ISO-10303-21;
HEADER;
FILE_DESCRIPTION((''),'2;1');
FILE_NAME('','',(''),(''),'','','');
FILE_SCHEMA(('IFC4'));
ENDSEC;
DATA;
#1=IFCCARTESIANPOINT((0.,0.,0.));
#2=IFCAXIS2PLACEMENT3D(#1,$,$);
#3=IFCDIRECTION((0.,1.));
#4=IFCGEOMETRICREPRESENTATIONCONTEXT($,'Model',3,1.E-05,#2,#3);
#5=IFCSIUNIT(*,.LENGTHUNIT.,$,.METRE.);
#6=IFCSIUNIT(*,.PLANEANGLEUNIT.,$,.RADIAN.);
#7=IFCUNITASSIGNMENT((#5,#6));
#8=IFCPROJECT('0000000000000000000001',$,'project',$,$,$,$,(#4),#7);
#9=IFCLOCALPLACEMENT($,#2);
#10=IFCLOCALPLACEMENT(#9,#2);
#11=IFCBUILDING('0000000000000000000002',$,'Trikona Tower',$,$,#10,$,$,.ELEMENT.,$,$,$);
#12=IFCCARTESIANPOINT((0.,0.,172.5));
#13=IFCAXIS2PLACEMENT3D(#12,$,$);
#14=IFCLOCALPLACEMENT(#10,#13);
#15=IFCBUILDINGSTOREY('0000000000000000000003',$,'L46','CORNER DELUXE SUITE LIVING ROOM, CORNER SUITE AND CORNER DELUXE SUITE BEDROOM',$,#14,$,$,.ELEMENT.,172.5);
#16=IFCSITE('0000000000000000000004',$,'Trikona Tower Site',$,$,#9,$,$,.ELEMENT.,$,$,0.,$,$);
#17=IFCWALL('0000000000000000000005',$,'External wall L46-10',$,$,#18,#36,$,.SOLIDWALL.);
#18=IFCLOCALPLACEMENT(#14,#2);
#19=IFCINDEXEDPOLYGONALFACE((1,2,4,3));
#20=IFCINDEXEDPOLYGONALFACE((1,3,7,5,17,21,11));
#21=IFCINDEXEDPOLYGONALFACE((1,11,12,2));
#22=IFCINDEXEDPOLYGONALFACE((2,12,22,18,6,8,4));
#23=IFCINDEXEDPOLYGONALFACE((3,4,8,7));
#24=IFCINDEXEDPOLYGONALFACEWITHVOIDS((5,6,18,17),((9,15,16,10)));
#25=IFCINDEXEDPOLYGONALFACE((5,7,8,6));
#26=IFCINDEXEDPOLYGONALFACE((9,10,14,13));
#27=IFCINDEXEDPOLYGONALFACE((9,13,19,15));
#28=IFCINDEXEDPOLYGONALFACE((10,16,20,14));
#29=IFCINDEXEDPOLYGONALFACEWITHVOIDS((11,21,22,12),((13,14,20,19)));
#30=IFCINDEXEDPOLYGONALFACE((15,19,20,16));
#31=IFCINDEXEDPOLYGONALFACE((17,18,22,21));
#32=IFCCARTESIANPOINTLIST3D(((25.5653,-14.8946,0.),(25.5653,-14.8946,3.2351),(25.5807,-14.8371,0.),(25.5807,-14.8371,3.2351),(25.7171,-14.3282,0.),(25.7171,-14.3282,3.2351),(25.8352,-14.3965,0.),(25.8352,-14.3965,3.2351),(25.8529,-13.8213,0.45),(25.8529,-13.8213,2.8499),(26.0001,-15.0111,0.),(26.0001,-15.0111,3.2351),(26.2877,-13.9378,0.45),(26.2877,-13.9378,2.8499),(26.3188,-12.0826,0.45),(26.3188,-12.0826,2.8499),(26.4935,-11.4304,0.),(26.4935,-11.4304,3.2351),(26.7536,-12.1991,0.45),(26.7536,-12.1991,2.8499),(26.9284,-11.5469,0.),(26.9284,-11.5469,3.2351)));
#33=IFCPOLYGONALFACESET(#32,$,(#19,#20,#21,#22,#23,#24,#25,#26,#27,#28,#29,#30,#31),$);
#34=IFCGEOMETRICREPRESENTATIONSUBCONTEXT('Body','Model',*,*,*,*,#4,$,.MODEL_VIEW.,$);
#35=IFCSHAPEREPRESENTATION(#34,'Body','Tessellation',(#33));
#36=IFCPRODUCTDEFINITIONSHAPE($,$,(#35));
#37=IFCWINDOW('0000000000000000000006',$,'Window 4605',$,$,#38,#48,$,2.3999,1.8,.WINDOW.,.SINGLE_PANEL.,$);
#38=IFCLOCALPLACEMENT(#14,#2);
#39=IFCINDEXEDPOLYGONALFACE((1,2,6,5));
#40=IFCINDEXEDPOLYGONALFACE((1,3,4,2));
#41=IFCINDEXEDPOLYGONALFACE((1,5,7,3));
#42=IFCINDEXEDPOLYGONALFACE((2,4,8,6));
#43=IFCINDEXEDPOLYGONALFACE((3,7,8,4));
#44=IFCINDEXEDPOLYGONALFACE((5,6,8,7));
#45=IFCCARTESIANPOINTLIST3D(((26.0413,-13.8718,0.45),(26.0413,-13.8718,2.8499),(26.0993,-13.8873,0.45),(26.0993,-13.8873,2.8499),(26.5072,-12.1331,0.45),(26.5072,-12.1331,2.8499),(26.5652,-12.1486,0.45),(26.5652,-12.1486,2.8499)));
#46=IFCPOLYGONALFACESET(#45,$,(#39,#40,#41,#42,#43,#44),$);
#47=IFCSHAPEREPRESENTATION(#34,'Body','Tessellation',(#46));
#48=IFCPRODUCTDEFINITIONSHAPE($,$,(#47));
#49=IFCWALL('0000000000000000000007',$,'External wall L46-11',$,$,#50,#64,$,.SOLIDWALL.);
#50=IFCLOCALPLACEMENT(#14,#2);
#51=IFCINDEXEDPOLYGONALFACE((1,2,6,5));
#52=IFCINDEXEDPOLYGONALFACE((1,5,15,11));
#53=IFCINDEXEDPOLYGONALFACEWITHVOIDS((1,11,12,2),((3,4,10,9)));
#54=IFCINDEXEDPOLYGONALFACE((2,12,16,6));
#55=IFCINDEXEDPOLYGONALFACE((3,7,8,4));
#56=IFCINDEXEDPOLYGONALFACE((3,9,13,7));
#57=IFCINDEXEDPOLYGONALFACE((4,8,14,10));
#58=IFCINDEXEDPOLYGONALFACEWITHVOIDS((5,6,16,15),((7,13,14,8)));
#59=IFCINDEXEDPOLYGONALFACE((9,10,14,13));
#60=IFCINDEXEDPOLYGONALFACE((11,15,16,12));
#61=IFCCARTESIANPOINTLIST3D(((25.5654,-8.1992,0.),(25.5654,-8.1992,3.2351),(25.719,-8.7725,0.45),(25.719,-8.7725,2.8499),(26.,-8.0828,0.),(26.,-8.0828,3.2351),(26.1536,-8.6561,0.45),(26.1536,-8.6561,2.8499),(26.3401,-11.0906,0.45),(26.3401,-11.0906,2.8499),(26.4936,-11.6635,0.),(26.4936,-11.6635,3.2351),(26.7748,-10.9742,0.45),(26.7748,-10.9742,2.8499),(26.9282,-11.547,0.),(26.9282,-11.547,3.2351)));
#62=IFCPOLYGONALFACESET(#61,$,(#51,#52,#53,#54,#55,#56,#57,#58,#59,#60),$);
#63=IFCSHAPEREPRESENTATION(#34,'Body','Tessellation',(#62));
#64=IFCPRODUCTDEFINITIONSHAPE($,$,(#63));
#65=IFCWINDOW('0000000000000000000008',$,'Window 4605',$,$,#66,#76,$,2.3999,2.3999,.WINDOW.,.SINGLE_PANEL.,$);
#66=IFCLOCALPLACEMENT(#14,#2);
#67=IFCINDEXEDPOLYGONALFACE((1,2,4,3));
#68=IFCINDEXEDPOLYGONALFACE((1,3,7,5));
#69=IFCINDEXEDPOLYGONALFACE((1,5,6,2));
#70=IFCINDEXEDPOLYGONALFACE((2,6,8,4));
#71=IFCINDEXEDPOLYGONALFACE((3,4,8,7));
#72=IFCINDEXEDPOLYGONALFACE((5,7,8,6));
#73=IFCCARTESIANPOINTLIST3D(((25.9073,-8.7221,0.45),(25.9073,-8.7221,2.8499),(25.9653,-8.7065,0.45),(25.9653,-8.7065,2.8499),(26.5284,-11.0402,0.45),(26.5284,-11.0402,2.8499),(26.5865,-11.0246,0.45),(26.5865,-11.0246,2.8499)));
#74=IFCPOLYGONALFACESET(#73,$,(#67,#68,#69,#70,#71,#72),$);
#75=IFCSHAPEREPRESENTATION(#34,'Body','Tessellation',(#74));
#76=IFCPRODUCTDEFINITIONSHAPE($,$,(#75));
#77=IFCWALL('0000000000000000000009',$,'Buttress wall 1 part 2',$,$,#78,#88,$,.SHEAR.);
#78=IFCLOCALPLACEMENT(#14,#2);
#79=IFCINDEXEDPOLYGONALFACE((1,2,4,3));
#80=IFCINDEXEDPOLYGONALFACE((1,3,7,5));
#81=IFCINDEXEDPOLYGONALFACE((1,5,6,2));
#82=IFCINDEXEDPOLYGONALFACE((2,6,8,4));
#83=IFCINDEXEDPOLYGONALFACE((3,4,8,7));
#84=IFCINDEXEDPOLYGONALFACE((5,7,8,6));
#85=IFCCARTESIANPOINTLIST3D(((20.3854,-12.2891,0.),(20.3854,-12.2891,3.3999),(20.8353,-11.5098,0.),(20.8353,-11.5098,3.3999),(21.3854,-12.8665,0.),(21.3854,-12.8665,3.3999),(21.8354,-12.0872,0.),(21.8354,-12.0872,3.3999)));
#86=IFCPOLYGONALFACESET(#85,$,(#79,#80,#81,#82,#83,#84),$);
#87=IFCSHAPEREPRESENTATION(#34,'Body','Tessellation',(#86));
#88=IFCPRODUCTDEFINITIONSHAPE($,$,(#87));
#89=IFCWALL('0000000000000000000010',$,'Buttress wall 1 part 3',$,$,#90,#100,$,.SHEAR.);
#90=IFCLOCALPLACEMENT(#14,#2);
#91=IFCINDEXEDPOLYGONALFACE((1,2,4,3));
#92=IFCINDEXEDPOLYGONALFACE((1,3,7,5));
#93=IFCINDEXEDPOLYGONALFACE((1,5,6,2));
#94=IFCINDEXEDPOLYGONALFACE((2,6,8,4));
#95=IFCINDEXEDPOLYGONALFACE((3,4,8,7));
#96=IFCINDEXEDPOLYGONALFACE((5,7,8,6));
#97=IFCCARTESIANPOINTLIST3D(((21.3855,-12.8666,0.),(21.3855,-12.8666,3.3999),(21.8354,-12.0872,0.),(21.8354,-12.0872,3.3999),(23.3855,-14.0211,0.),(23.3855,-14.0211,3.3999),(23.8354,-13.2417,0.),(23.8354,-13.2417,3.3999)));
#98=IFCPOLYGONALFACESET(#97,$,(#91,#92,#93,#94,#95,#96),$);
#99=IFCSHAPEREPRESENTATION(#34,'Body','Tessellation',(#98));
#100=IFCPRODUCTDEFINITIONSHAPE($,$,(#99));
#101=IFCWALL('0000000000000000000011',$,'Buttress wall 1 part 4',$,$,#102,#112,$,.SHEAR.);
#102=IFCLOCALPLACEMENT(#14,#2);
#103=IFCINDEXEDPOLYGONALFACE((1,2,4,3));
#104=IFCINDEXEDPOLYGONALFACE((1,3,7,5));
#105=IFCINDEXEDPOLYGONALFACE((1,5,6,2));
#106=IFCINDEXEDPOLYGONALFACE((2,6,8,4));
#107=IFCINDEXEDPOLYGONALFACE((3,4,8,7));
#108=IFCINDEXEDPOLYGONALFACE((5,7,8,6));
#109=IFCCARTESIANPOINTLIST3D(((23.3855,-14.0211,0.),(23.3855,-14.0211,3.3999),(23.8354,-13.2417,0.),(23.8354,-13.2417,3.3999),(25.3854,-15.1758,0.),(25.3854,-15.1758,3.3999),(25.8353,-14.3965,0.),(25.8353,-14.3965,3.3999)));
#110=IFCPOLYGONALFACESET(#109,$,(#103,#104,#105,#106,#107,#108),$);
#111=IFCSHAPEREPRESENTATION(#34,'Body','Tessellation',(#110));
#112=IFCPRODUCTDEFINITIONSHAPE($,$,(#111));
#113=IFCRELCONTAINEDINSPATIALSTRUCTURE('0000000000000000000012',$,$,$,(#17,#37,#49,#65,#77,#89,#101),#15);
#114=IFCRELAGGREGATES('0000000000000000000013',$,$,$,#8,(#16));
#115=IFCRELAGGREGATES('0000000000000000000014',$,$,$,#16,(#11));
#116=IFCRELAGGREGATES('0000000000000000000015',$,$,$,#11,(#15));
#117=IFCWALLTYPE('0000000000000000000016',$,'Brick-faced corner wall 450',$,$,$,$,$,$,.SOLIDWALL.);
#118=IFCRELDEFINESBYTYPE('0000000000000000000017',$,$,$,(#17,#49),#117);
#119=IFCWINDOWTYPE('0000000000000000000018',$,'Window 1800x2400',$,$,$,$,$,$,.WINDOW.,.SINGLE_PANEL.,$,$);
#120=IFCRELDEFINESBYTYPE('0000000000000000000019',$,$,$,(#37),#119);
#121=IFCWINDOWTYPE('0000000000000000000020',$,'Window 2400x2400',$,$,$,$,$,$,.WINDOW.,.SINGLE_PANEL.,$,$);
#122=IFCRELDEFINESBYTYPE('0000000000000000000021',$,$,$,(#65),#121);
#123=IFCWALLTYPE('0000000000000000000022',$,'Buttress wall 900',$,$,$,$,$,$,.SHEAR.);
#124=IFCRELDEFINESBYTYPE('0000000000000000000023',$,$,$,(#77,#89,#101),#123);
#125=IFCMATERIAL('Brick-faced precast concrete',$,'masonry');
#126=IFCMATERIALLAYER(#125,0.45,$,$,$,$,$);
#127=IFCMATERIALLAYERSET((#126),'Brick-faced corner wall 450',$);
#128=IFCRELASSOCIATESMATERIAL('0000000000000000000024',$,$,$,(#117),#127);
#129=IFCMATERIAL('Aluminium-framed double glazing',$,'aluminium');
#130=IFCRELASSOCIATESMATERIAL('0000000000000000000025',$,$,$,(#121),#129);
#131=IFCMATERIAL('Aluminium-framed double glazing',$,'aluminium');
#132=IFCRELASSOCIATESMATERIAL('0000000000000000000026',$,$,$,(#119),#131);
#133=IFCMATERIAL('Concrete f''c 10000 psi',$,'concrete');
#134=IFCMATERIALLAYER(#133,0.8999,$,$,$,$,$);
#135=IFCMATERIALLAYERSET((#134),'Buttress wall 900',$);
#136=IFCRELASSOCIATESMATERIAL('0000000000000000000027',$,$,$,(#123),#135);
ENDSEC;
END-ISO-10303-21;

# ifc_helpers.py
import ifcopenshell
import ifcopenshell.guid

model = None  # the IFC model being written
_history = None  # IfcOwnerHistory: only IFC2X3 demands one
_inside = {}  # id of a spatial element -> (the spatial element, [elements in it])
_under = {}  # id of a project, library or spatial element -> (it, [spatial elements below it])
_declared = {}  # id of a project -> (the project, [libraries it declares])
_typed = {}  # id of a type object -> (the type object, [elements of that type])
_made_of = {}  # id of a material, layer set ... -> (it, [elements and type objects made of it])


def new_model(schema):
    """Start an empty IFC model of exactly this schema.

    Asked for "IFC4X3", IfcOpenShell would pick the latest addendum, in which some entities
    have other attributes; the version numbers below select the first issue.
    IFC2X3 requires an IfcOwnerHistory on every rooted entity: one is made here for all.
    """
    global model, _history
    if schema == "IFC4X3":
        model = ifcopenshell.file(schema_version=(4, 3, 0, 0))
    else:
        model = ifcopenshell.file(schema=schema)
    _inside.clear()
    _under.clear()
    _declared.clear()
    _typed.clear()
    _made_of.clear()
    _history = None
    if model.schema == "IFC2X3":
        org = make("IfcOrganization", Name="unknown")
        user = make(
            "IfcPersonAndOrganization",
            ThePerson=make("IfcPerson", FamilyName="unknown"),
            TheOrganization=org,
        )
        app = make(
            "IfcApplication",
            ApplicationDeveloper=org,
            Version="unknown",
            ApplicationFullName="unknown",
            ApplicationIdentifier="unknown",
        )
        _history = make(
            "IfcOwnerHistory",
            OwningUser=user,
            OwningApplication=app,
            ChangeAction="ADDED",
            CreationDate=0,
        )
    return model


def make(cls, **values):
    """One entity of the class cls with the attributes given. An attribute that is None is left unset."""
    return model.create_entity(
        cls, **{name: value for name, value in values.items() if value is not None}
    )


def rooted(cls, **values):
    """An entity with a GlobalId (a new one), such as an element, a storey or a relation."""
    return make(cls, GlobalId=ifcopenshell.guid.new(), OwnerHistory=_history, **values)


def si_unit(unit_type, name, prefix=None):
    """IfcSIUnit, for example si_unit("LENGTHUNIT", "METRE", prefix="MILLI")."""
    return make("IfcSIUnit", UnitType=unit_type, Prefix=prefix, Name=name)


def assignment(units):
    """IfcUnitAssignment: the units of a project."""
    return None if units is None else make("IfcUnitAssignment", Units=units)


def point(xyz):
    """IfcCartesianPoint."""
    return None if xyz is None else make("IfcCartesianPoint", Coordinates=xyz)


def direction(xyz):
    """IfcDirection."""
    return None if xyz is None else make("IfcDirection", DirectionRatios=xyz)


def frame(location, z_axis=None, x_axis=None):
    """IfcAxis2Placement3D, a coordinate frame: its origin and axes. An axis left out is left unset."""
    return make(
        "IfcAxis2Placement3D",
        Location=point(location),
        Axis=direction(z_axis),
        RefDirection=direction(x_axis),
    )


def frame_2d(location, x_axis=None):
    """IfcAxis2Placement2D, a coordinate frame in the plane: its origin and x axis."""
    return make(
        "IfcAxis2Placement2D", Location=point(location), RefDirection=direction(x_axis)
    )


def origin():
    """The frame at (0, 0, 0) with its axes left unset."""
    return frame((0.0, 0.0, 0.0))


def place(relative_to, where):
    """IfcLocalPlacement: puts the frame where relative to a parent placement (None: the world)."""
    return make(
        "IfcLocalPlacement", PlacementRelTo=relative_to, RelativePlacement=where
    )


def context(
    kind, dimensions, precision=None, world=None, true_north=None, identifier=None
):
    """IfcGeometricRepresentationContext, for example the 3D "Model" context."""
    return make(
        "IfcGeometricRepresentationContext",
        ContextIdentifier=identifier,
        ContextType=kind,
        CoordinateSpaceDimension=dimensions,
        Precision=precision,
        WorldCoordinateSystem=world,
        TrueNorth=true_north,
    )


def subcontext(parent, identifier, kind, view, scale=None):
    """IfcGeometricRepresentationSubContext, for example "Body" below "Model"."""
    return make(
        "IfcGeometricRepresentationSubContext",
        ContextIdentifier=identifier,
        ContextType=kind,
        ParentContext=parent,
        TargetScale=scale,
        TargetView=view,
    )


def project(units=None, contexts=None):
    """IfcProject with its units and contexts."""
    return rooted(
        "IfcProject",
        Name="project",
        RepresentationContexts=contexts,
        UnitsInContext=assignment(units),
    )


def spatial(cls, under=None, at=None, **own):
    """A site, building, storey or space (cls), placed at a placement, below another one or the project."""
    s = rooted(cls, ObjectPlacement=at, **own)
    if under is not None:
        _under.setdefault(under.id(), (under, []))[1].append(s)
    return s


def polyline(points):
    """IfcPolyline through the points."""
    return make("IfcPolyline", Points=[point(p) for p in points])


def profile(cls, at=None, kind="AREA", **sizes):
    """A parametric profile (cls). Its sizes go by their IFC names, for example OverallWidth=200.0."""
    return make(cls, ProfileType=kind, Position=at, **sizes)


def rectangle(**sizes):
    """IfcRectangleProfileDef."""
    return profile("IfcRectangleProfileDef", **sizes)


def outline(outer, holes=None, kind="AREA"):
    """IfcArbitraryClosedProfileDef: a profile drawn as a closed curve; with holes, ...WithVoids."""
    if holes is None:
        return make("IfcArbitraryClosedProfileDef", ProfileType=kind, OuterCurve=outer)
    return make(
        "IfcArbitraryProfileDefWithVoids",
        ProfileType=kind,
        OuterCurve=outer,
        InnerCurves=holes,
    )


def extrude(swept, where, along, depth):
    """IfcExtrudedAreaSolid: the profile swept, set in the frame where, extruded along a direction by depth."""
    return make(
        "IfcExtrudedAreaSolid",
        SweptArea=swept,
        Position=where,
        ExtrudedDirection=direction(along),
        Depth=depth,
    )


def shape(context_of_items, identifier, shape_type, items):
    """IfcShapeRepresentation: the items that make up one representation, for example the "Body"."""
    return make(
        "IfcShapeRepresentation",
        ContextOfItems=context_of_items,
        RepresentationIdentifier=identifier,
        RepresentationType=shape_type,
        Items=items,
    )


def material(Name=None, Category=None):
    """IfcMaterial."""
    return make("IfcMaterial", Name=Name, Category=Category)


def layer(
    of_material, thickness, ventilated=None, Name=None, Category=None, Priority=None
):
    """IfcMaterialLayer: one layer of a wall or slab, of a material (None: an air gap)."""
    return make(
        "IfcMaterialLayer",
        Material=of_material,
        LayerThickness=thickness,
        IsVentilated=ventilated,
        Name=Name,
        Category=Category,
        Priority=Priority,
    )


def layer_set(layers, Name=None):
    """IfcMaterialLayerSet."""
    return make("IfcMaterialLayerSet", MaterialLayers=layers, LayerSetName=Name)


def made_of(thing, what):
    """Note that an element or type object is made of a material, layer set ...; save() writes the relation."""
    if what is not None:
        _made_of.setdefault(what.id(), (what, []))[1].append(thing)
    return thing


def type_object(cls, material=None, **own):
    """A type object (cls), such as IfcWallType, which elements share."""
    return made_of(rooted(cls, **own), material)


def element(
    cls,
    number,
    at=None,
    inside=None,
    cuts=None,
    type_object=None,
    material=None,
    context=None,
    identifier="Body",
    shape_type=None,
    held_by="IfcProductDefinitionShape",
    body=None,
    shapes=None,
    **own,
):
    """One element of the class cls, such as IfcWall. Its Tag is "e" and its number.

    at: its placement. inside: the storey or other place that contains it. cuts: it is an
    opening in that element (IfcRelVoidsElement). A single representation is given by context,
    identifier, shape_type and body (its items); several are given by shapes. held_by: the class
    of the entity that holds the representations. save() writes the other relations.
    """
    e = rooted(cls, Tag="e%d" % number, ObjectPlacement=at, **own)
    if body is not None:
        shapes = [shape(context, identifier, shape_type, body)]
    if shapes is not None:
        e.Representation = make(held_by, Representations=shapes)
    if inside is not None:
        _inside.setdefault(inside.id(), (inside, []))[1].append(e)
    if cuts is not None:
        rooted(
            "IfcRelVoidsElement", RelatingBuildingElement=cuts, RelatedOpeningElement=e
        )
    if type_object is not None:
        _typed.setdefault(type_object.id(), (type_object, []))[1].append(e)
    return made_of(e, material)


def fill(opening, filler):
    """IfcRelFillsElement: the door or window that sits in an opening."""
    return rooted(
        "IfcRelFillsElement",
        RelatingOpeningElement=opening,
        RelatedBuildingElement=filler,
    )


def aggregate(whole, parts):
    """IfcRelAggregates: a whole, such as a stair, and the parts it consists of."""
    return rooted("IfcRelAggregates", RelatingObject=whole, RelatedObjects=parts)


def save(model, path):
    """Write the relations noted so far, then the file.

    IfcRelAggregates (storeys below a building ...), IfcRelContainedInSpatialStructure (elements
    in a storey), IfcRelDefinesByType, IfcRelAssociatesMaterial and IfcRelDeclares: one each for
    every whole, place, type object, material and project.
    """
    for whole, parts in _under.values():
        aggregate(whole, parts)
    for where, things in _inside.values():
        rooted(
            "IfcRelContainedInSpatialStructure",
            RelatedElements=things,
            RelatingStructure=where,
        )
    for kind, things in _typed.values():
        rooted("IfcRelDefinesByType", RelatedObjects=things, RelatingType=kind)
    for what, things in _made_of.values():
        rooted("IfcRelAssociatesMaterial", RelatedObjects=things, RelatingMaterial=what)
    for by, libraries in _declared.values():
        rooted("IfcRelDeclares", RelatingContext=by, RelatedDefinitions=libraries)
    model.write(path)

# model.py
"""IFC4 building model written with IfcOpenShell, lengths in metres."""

from ifc_helpers import new_model, si_unit, direction, frame, frame_2d, origin, place, context, subcontext, project, spatial, polyline, rectangle, outline, extrude, material, layer, layer_set, type_object, element, fill, save


model = new_model("IFC4")

# Units and contexts
model_context = context("Model", 3, precision=1e-05, world=origin(), true_north=direction((0.0, 1.0)))
body_context = subcontext(model_context, "Body", "Model", "MODEL_VIEW")
ifc_project = project(units=[si_unit("LENGTHUNIT", "METRE"), si_unit("PLANEANGLEUNIT", "RADIAN")], contexts=[model_context])

# Site, building, storey
site_placement = place(None, origin())
site = spatial("IfcSite", under=ifc_project, at=site_placement, Name="Trikona Tower Site", CompositionType="ELEMENT", RefElevation=0.0)
building_placement = place(site_placement, origin())
building = spatial("IfcBuilding", under=site, at=building_placement, Name="Trikona Tower", CompositionType="ELEMENT")
storey_placement = place(building_placement, frame((0.0, 0.0, 172.5)))
storey = spatial("IfcBuildingStorey", under=building, at=storey_placement, Name="L46", Description="CORNER DELUXE SUITE LIVING ROOM, CORNER SUITE AND CORNER DELUXE SUITE BEDROOM", CompositionType="ELEMENT", Elevation=172.5)

# Walls, openings, windows
ifc_material_1 = material(Name="Brick-faced precast concrete", Category="masonry")
ifc_layer_1 = layer(ifc_material_1, 0.45)
ifc_layer_set_1 = layer_set([ifc_layer_1], Name="Brick-faced corner wall 450")
wall_type_1 = type_object("IfcWallType", Name="Brick-faced corner wall 450", PredefinedType="SOLIDWALL", material=ifc_layer_set_1)
ifc_material_2 = material(Name="Aluminium-framed double glazing", Category="aluminium")
window_type_1 = type_object("IfcWindowType", Name="Window 2400x2400", PartitioningType="SINGLE_PANEL", PredefinedType="WINDOW", material=ifc_material_2)
ifc_material_3 = material(Name="Aluminium-framed double glazing", Category="aluminium")
window_type_2 = type_object("IfcWindowType", Name="Window 1800x2400", PartitioningType="SINGLE_PANEL", PredefinedType="WINDOW", material=ifc_material_3)
wall_1_placement = place(storey_placement, frame((25.7827, -14.9529, 0.0), z_axis=(0.0, 0.0, 1.0), x_axis=(0.258823, 0.965925, 0.0)))
wall_1 = element("IfcWall", 1, at=wall_1_placement, inside=storey, type_object=wall_type_1, Name="External wall L46-10", PredefinedType="SOLIDWALL", context=body_context, shape_type="SweptSolid", body=[
    extrude(outline(polyline([(3.5864, 0.2251), (0.5864, 0.2251), (0.551, 0.0933), (0.0596, 0.2251), (0.0, 0.2251), (0.0, -0.2251), (3.5864, -0.2251), (3.5864, 0.2251)])), origin(), (0.0, 0.0, 1.0), 3.2351),
])
opening_1_placement = place(wall_1_placement, frame((1.1113, 0.0, 0.45)))
opening_1 = element("IfcOpeningElement", 2, at=opening_1_placement, cuts=wall_1, PredefinedType="OPENING", context=body_context, shape_type="SweptSolid", body=[
    extrude(rectangle(XDim=1.8, YDim=2.3999, at=frame_2d((0.8999, 1.2))), frame((0.0, 0.2349, 0.0), z_axis=(0.0, -1.0, 0.0), x_axis=(1.0, 0.0, 0.0)), (0.0, 0.0, 1.0), 0.47),
])
window_1_placement = place(opening_1_placement, origin())
window_1 = element("IfcWindow", 3, at=window_1_placement, inside=storey, type_object=window_type_2, Name="Window 4605", OverallHeight=2.3999, OverallWidth=1.8, PartitioningType="SINGLE_PANEL", PredefinedType="WINDOW", context=body_context, shape_type="SweptSolid", body=[
    extrude(rectangle(XDim=1.8, YDim=2.3999, at=frame_2d((0.8999, 1.2))), frame((0.0, 0.03, 0.0), z_axis=(0.0, -1.0, 0.0), x_axis=(1.0, 0.0, 0.0)), (0.0, 0.0, 1.0), 0.0601),
])
fill(opening_1, window_1)
wall_2_placement = place(storey_placement, frame((26.7109, -11.6052, 0.0), z_axis=(0.0, 0.0, 1.0), x_axis=(-0.258823, 0.965925, 0.0)))
wall_2 = element("IfcWall", 4, at=wall_2_placement, inside=storey, type_object=wall_type_1, Name="External wall L46-11", PredefinedType="SOLIDWALL", context=body_context, shape_type="SweptSolid", body=[
    extrude(rectangle(XDim=3.5864, YDim=0.45, at=frame_2d((1.7932, 0.0))), origin(), (0.0, 0.0, 1.0), 3.2351),
])
opening_2_placement = place(wall_2_placement, frame((0.593, 0.0, 0.45)))
opening_2 = element("IfcOpeningElement", 5, at=opening_2_placement, cuts=wall_2, PredefinedType="OPENING", context=body_context, shape_type="SweptSolid", body=[
    extrude(rectangle(XDim=2.3999, YDim=2.3999, at=frame_2d((1.2, 1.2))), frame((0.0, 0.2349, 0.0), z_axis=(0.0, -1.0, 0.0), x_axis=(1.0, 0.0, 0.0)), (0.0, 0.0, 1.0), 0.47),
])
window_2_placement = place(opening_2_placement, origin())
window_2 = element("IfcWindow", 6, at=window_2_placement, inside=storey, type_object=window_type_1, Name="Window 4605", OverallHeight=2.3999, OverallWidth=2.3999, PartitioningType="SINGLE_PANEL", PredefinedType="WINDOW", context=body_context, shape_type="SweptSolid", body=[
    extrude(rectangle(XDim=2.3999, YDim=2.3999, at=frame_2d((1.2, 1.2))), frame((0.0, 0.03, 0.0), z_axis=(0.0, -1.0, 0.0), x_axis=(1.0, 0.0, 0.0)), (0.0, 0.0, 1.0), 0.0601),
])
fill(opening_2, window_2)

# Walls
ifc_material_4 = material(Name="Concrete f'c 10000 psi", Category="concrete")
ifc_layer_2 = layer(ifc_material_4, 0.8999)
ifc_layer_set_2 = layer_set([ifc_layer_2], Name="Buttress wall 900")
wall_type_2 = type_object("IfcWallType", Name="Buttress wall 900", PredefinedType="SHEAR", material=ifc_layer_set_2)
wall_3_placement = place(storey_placement, frame((20.6104, -11.8994, 0.0), z_axis=(0.0, 0.0, 1.0), x_axis=(0.86601, -0.500027, 0.0)))
element("IfcWall", 7, at=wall_3_placement, inside=storey, type_object=wall_type_2, Name="Buttress wall 1 part 2", PredefinedType="SHEAR", context=body_context, shape_type="SweptSolid", body=[
    extrude(rectangle(XDim=1.1548, YDim=0.8999, at=frame_2d((0.5774, 0.0))), origin(), (0.0, 0.0, 1.0), 3.3999),
])
for number, where, z_axis, x_axis, name in (
    (8, (21.6104, -12.4768, 0.0), (0.0, 0.0, 1.0), (0.866055, -0.499948, 0.0), "Buttress wall 1 part 3"),
    (9, (23.6104, -13.6313, 0.0), (0.0, 0.0, 1.0), (0.86601, -0.500027, 0.0), "Buttress wall 1 part 4"),
):
    element("IfcWall", number, at=place(storey_placement, frame(where, z_axis=z_axis, x_axis=x_axis)), inside=storey, type_object=wall_type_2, Name=name, PredefinedType="SHEAR", context=body_context, shape_type="SweptSolid", body=[
        extrude(rectangle(XDim=2.3093, YDim=0.8999, at=frame_2d((1.1548, 0.0))), origin(), (0.0, 0.0, 1.0), 3.3999),
    ])

save(model, "model.ifc")
